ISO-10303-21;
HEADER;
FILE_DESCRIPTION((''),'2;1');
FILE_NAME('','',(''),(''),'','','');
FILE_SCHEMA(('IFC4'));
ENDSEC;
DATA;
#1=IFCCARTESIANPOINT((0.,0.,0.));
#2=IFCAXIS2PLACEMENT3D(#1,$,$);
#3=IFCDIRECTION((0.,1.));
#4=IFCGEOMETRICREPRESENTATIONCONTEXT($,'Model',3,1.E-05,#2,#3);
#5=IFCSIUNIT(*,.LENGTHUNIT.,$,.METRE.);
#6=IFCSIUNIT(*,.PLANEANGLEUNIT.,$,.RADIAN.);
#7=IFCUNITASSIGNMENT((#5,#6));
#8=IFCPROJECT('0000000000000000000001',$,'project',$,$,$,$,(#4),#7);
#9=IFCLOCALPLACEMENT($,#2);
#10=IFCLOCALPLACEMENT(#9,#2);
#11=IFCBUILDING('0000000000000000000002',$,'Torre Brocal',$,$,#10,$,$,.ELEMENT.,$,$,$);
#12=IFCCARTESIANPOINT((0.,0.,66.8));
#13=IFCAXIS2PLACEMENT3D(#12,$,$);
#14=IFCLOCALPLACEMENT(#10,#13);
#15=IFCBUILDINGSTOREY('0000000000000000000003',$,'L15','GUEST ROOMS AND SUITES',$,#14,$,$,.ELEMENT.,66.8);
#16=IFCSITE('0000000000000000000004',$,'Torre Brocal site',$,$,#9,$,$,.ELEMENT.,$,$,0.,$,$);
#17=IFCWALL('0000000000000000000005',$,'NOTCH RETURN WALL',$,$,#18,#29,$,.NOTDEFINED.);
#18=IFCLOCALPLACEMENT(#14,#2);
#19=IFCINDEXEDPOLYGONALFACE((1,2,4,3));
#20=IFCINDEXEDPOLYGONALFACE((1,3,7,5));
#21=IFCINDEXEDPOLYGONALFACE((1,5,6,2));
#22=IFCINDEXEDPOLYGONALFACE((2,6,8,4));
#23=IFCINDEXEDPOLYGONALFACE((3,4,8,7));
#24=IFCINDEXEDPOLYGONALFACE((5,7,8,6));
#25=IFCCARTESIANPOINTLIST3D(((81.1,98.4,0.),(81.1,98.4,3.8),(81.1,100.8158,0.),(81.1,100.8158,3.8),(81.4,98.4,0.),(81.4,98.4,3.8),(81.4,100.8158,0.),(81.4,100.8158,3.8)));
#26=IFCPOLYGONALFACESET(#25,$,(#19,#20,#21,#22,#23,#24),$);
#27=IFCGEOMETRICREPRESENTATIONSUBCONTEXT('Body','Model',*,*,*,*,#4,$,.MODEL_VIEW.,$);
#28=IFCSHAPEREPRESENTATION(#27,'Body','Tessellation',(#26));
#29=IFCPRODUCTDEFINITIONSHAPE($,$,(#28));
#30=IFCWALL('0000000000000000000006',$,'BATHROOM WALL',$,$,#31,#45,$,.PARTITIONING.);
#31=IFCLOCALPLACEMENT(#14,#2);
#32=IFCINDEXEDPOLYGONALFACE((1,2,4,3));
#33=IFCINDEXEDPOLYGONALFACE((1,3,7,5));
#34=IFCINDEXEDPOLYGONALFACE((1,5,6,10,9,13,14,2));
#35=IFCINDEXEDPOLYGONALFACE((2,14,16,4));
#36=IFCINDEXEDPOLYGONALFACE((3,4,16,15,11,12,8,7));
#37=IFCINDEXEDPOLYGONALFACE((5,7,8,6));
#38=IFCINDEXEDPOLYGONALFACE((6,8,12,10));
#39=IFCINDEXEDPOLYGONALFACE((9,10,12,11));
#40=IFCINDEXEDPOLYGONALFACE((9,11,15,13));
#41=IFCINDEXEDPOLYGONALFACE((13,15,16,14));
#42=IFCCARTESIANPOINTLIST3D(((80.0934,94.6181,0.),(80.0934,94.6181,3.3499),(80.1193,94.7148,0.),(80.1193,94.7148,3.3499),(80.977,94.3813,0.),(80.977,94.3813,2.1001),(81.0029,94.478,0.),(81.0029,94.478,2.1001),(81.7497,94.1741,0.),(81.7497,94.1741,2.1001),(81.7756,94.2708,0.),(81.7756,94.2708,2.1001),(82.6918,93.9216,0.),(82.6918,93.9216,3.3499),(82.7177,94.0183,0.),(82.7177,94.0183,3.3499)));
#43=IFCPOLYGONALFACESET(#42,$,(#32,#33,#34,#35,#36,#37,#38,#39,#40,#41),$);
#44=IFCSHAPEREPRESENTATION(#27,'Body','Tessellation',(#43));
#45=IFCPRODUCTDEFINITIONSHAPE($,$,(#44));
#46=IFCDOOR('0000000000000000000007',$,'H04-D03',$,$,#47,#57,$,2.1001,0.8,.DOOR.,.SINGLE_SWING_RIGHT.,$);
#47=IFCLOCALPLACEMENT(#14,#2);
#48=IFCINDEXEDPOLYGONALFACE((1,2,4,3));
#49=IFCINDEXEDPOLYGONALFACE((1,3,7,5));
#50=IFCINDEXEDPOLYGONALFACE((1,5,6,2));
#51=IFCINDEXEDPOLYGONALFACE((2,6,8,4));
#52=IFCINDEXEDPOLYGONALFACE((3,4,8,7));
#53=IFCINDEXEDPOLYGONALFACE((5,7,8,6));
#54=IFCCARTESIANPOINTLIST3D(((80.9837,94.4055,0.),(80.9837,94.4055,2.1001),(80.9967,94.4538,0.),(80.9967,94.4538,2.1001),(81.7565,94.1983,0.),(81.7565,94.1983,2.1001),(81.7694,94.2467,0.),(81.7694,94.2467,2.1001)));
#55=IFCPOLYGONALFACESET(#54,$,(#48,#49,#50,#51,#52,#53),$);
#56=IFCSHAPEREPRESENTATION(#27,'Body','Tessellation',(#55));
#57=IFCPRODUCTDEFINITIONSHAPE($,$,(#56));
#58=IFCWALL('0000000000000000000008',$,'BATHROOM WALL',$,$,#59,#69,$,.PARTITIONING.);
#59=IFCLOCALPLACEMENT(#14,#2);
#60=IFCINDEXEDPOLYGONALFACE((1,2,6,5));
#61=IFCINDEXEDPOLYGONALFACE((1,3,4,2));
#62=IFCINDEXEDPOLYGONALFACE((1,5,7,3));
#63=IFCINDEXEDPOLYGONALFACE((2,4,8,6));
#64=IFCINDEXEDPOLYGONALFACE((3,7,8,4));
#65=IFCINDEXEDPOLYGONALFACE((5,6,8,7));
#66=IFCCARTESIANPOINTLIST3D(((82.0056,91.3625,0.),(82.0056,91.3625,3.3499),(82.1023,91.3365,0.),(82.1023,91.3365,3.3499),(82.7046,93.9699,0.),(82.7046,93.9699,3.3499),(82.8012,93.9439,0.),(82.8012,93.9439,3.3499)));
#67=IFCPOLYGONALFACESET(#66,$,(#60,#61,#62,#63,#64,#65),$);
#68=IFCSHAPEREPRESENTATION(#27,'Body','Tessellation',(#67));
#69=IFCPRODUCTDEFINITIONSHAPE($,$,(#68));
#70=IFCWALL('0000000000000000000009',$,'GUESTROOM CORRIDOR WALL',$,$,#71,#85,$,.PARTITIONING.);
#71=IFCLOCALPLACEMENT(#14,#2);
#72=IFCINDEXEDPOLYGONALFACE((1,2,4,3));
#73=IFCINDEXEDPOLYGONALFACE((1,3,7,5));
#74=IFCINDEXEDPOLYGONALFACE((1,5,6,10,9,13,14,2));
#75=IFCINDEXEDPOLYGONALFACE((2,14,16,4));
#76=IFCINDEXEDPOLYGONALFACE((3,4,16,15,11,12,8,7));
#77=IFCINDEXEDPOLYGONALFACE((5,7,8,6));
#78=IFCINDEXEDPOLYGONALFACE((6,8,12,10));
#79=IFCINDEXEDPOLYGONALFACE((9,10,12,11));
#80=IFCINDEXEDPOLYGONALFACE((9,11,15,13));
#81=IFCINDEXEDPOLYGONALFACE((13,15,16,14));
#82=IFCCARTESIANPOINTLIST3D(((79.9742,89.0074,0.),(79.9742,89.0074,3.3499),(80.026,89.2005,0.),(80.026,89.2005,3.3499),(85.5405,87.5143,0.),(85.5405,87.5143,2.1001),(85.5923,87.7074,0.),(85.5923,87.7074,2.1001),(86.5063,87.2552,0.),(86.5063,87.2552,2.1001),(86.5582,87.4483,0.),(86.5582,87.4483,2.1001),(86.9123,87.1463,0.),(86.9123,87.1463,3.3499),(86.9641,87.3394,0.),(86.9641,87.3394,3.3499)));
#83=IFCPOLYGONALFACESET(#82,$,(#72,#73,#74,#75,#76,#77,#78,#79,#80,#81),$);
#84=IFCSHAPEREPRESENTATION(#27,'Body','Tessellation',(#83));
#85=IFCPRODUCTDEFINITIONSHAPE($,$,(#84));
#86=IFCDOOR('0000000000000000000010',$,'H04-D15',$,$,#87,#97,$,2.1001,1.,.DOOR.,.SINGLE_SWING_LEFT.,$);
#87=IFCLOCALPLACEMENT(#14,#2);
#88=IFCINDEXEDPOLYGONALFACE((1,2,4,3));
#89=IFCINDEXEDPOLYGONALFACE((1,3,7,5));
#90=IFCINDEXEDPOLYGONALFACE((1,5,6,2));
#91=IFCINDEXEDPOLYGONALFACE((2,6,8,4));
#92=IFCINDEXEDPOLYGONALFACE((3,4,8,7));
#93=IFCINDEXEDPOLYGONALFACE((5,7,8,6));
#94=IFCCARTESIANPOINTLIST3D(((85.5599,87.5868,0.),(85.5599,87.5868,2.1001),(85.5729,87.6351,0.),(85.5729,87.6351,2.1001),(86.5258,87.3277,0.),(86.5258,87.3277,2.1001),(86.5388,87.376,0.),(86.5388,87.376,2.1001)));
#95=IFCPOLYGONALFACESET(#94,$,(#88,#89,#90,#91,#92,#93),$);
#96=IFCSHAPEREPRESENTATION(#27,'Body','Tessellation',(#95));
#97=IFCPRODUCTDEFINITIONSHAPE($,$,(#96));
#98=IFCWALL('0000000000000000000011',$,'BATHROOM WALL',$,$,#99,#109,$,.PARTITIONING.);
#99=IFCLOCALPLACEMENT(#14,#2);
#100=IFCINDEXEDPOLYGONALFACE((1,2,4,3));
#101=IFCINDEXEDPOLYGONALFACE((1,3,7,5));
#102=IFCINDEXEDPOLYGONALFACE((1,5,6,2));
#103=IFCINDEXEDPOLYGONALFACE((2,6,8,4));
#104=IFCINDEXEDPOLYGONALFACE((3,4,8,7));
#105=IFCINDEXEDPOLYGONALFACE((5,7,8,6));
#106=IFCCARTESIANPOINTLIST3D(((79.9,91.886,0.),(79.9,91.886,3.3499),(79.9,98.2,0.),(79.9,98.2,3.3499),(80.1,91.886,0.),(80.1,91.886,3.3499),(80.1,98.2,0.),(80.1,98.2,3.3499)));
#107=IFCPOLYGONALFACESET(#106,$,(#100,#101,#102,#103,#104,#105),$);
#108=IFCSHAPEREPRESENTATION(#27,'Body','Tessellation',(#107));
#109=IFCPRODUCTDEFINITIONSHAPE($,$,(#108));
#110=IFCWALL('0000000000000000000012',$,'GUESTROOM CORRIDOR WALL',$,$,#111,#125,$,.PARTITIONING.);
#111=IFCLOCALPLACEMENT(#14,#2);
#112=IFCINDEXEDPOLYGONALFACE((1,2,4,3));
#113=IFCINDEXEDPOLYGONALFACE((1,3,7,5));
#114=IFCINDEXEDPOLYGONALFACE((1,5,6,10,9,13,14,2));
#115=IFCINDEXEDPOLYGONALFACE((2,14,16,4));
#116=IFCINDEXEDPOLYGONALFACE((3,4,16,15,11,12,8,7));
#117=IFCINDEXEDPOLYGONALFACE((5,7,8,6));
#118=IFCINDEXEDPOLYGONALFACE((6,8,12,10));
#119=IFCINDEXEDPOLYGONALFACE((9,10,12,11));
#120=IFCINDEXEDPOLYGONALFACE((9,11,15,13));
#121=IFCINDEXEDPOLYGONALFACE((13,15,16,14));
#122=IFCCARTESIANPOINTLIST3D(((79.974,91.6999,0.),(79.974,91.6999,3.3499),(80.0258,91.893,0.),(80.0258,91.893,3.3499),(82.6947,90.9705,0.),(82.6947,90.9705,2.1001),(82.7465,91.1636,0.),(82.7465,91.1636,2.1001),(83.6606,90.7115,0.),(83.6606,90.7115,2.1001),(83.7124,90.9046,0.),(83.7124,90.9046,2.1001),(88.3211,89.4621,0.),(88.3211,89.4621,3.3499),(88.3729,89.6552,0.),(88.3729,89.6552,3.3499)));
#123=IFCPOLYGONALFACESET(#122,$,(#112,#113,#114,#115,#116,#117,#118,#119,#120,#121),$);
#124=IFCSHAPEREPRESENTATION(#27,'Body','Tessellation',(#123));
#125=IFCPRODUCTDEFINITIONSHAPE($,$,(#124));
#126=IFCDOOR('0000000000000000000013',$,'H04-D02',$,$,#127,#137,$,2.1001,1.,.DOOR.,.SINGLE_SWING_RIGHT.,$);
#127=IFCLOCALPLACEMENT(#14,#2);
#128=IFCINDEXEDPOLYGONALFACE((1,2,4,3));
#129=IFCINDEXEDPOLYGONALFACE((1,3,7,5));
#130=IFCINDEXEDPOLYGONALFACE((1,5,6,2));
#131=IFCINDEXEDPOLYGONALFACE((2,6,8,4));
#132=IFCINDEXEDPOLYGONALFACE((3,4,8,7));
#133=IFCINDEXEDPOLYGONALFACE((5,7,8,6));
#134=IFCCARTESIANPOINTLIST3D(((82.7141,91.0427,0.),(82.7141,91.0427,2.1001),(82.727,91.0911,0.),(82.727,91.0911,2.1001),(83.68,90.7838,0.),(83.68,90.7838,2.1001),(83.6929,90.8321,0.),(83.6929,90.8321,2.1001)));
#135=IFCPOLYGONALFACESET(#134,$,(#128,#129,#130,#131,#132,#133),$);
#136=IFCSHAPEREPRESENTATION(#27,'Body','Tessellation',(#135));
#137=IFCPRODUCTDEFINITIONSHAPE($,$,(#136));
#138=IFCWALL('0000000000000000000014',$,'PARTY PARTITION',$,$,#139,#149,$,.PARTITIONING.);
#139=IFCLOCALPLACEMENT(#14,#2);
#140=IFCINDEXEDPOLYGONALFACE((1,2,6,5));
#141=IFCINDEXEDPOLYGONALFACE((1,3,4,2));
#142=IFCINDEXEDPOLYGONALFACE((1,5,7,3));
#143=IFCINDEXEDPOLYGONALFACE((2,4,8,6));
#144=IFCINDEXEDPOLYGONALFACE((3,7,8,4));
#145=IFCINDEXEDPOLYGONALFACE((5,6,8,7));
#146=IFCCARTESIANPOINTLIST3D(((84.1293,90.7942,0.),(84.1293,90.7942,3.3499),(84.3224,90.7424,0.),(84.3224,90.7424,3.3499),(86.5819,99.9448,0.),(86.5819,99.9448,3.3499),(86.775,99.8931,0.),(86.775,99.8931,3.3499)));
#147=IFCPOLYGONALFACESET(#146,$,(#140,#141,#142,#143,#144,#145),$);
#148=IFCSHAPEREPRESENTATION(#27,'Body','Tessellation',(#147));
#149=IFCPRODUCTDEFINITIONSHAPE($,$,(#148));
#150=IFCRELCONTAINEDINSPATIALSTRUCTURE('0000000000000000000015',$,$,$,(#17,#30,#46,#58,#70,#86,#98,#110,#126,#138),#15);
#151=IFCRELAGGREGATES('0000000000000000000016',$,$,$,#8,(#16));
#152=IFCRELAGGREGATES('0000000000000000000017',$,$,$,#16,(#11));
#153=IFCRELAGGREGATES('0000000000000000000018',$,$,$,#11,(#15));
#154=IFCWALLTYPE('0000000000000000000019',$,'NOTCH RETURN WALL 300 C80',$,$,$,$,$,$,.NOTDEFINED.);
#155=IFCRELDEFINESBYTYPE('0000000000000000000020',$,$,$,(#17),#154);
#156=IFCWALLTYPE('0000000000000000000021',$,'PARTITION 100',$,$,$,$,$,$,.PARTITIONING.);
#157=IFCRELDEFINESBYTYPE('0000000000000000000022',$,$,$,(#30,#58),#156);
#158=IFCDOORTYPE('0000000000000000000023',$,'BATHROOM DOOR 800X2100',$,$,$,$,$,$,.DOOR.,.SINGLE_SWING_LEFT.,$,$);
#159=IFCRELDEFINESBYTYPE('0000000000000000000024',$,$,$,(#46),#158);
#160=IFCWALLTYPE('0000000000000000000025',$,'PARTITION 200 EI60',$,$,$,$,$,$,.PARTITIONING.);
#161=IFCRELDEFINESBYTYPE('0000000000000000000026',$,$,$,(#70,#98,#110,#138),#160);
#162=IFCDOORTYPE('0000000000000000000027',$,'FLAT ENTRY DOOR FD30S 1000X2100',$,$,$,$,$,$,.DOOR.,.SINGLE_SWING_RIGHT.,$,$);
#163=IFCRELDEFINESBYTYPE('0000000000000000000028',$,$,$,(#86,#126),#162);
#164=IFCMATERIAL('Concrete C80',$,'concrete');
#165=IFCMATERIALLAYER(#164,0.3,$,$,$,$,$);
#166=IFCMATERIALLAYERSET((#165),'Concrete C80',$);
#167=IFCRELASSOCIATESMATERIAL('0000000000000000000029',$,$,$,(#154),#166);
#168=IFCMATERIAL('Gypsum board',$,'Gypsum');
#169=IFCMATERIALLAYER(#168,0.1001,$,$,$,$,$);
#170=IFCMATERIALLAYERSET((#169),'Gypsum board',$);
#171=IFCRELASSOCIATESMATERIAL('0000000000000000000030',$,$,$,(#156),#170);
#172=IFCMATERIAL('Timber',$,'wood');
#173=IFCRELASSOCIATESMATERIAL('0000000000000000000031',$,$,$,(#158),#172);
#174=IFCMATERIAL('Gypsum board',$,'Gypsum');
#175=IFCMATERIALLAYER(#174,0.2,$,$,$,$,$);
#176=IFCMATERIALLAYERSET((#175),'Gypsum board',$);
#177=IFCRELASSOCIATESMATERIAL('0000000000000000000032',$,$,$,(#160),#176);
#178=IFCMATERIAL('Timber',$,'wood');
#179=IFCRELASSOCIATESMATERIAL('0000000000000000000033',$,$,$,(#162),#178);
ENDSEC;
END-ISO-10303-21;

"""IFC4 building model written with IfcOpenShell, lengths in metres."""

from ifc_helpers import new_model, si_unit, direction, frame, frame_2d, origin, place, context, subcontext, project, spatial, rectangle, extrude, material, layer, layer_set, type_object, element, fill, save


model = new_model("IFC4")

# Units and contexts
model_context = context("Model", 3, precision=1e-05, world=origin(), true_north=direction((0.0, 1.0)))
body_context = subcontext(model_context, "Body", "Model", "MODEL_VIEW")
ifc_project = project(units=[si_unit("LENGTHUNIT", "METRE"), si_unit("PLANEANGLEUNIT", "RADIAN")], contexts=[model_context])

# Site, building, storey
site_placement = place(None, origin())
site = spatial("IfcSite", under=ifc_project, at=site_placement, Name="Torre Brocal site", CompositionType="ELEMENT", RefElevation=0.0)
building_placement = place(site_placement, origin())
building = spatial("IfcBuilding", under=site, at=building_placement, Name="Torre Brocal", CompositionType="ELEMENT")
storey_placement = place(building_placement, frame((0.0, 0.0, 66.8)))
storey = spatial("IfcBuildingStorey", under=building, at=storey_placement, Name="L15", Description="GUEST ROOMS AND SUITES", CompositionType="ELEMENT", Elevation=66.8)

# Wall
ifc_material_1 = material(Name="Concrete C80", Category="concrete")
ifc_layer_1 = layer(ifc_material_1, 0.3)
ifc_layer_set_1 = layer_set([ifc_layer_1], Name="Concrete C80")
wall_type_1 = type_object("IfcWallType", Name="NOTCH RETURN WALL 300 C80", PredefinedType="NOTDEFINED", material=ifc_layer_set_1)
wall_1_placement = place(storey_placement, frame((81.25, 98.3999, 0.0), z_axis=(0.0, 0.0, 1.0), x_axis=(0.0, 1.0, 0.0)))
element("IfcWall", 1, at=wall_1_placement, inside=storey, type_object=wall_type_1, Name="NOTCH RETURN WALL", PredefinedType="NOTDEFINED", context=body_context, shape_type="SweptSolid", body=[
    extrude(rectangle(XDim=2.4158, YDim=0.3, at=frame_2d((1.208, 0.0))), origin(), (0.0, 0.0, 1.0), 3.8),
])

# Wall, opening, door
ifc_material_2 = material(Name="Gypsum board", Category="Gypsum")
ifc_layer_2 = layer(ifc_material_2, 0.1001)
ifc_layer_set_2 = layer_set([ifc_layer_2], Name="Gypsum board")
wall_type_2 = type_object("IfcWallType", Name="PARTITION 100", PredefinedType="PARTITIONING", material=ifc_layer_set_2)
wall_2_placement = place(storey_placement, frame((80.1062, 94.6665, 0.0), z_axis=(0.0, 0.0, 1.0), x_axis=(0.965898, -0.258922, 0.0)))
wall_2 = element("IfcWall", 2, at=wall_2_placement, inside=storey, type_object=wall_type_2, Name="BATHROOM WALL", PredefinedType="PARTITIONING", context=body_context, shape_type="SweptSolid", body=[
    extrude(rectangle(XDim=2.6902, YDim=0.1001, at=frame_2d((1.3452, 0.0))), origin(), (0.0, 0.0, 1.0), 3.3499),
])
opening_1_placement = place(wall_2_placement, frame((0.915, 0.0, 0.0)))
opening_1 = element("IfcOpeningElement", 3, at=opening_1_placement, cuts=wall_2, PredefinedType="OPENING", context=body_context, shape_type="SweptSolid", body=[
    extrude(rectangle(XDim=0.8, YDim=2.1001, at=frame_2d((0.3999, 1.05))), frame((0.0, 0.0601, 0.0), z_axis=(0.0, -1.0, 0.0), x_axis=(1.0, 0.0, 0.0)), (0.0, 0.0, 1.0), 0.1201),
])
ifc_material_3 = material(Name="Timber", Category="wood")
door_type_1 = type_object("IfcDoorType", Name="BATHROOM DOOR 800X2100", OperationType="SINGLE_SWING_LEFT", PredefinedType="DOOR", material=ifc_material_3)
door_1_placement = place(opening_1_placement, frame((0.8, 0.0, 0.0), z_axis=(0.0, 0.0, 1.0), x_axis=(-1.0, 0.0, 0.0)))
door_1 = element("IfcDoor", 4, at=door_1_placement, inside=storey, type_object=door_type_1, Name="H04-D03", OperationType="SINGLE_SWING_RIGHT", OverallHeight=2.1001, OverallWidth=0.8, PredefinedType="DOOR", context=body_context, shape_type="SweptSolid", body=[
    extrude(rectangle(XDim=0.8, YDim=2.1001, at=frame_2d((0.3999, 1.05))), frame((0.0, 0.0249, 0.0), z_axis=(0.0, -1.0, 0.0), x_axis=(1.0, 0.0, 0.0)), (0.0, 0.0, 1.0), 0.05),
])
fill(opening_1, door_1)

# Wall
wall_3_placement = place(storey_placement, frame((82.054, 91.3496, 0.0), z_axis=(0.0, 0.0, 1.0), x_axis=(0.258929, 0.965896, 0.0)))
element("IfcWall", 5, at=wall_3_placement, inside=storey, type_object=wall_type_2, Name="BATHROOM WALL", PredefinedType="PARTITIONING", context=body_context, shape_type="SweptSolid", body=[
    extrude(rectangle(XDim=2.6995, YDim=0.1001, at=frame_2d((1.3496, 0.0))), origin(), (0.0, 0.0, 1.0), 3.3499),
])

# Wall, opening, door
ifc_material_4 = material(Name="Gypsum board", Category="Gypsum")
ifc_layer_3 = layer(ifc_material_4, 0.2)
ifc_layer_set_3 = layer_set([ifc_layer_3], Name="Gypsum board")
wall_type_3 = type_object("IfcWallType", Name="PARTITION 200 EI60", PredefinedType="PARTITIONING", material=ifc_layer_set_3)
wall_4_placement = place(storey_placement, frame((80.0, 89.104, 0.0), z_axis=(0.0, 0.0, 1.0), x_axis=(0.965854, -0.259086, 0.0)))
wall_4 = element("IfcWall", 6, at=wall_4_placement, inside=storey, type_object=wall_type_3, Name="GUESTROOM CORRIDOR WALL", PredefinedType="PARTITIONING", context=body_context, shape_type="SweptSolid", body=[
    extrude(rectangle(XDim=7.1833, YDim=0.2, at=frame_2d((3.5918, 0.0))), origin(), (0.0, 0.0, 1.0), 3.3499),
])
opening_2_placement = place(wall_4_placement, frame((5.7632, 0.0, 0.0)))
opening_2 = element("IfcOpeningElement", 7, at=opening_2_placement, cuts=wall_4, PredefinedType="OPENING", context=body_context, shape_type="SweptSolid", body=[
    extrude(rectangle(XDim=1.0, YDim=2.1001, at=frame_2d((0.5, 1.05))), frame((0.0, 0.1099, 0.0), z_axis=(0.0, -1.0, 0.0), x_axis=(1.0, 0.0, 0.0)), (0.0, 0.0, 1.0), 0.22),
])
ifc_material_5 = material(Name="Timber", Category="wood")
door_type_2 = type_object("IfcDoorType", Name="FLAT ENTRY DOOR FD30S 1000X2100", OperationType="SINGLE_SWING_RIGHT", PredefinedType="DOOR", material=ifc_material_5)
door_2_placement = place(opening_2_placement, frame((1.0, 0.0, 0.0), z_axis=(0.0, 0.0, 1.0), x_axis=(-1.0, 0.0, 0.0)))
door_2 = element("IfcDoor", 8, at=door_2_placement, inside=storey, type_object=door_type_2, Name="H04-D15", OperationType="SINGLE_SWING_LEFT", OverallHeight=2.1001, OverallWidth=1.0, PredefinedType="DOOR", context=body_context, shape_type="SweptSolid", body=[
    extrude(rectangle(XDim=1.0, YDim=2.1001, at=frame_2d((0.5, 1.05))), frame((0.0, 0.0249, 0.0), z_axis=(0.0, -1.0, 0.0), x_axis=(1.0, 0.0, 0.0)), (0.0, 0.0, 1.0), 0.05),
])
fill(opening_2, door_2)

# Wall
wall_5_placement = place(storey_placement, frame((80.0, 91.886, 0.0), z_axis=(0.0, 0.0, 1.0), x_axis=(0.0, 1.0, 0.0)))
element("IfcWall", 9, at=wall_5_placement, inside=storey, type_object=wall_type_3, Name="BATHROOM WALL", PredefinedType="PARTITIONING", context=body_context, shape_type="SweptSolid", body=[
    extrude(rectangle(XDim=6.314, YDim=0.2, at=frame_2d((3.157, 0.0))), origin(), (0.0, 0.0, 1.0), 3.3499),
])

# Wall, opening, door
wall_6_placement = place(storey_placement, frame((80.0, 91.7964, 0.0), z_axis=(0.0, 0.0, 1.0), x_axis=(0.965892, -0.258946, 0.0)))
wall_6 = element("IfcWall", 10, at=wall_6_placement, inside=storey, type_object=wall_type_3, Name="GUESTROOM CORRIDOR WALL", PredefinedType="PARTITIONING", context=body_context, shape_type="SweptSolid", body=[
    extrude(rectangle(XDim=8.6418, YDim=0.2, at=frame_2d((4.3208, 0.0))), origin(), (0.0, 0.0, 1.0), 3.3499),
])
opening_3_placement = place(wall_6_placement, frame((2.8167, 0.0, 0.0)))
opening_3 = element("IfcOpeningElement", 11, at=opening_3_placement, cuts=wall_6, PredefinedType="OPENING", context=body_context, shape_type="SweptSolid", body=[
    extrude(rectangle(XDim=1.0, YDim=2.1001, at=frame_2d((0.5, 1.05))), frame((0.0, 0.1099, 0.0), z_axis=(0.0, -1.0, 0.0), x_axis=(1.0, 0.0, 0.0)), (0.0, 0.0, 1.0), 0.22),
])
door_3_placement = place(opening_3_placement, origin())
door_3 = element("IfcDoor", 12, at=door_3_placement, inside=storey, type_object=door_type_2, Name="H04-D02", OperationType="SINGLE_SWING_RIGHT", OverallHeight=2.1001, OverallWidth=1.0, PredefinedType="DOOR", context=body_context, shape_type="SweptSolid", body=[
    extrude(rectangle(XDim=1.0, YDim=2.1001, at=frame_2d((0.5, 1.05))), frame((0.0, 0.0249, 0.0), z_axis=(0.0, -1.0, 0.0), x_axis=(1.0, 0.0, 0.0)), (0.0, 0.0, 1.0), 0.05),
])
fill(opening_3, door_3)

# Wall
wall_7_placement = place(storey_placement, frame((84.2258, 90.7683, 0.0), z_axis=(0.0, 0.0, 1.0), x_axis=(0.258891, 0.965907, 0.0)))
element("IfcWall", 13, at=wall_7_placement, inside=storey, type_object=wall_type_3, Name="PARTY PARTITION", PredefinedType="PARTITIONING", context=body_context, shape_type="SweptSolid", body=[
    extrude(rectangle(XDim=9.4736, YDim=0.2, at=frame_2d((4.7368, 0.0))), origin(), (0.0, 0.0, 1.0), 3.3499),
])

save(model, "model.ifc")
